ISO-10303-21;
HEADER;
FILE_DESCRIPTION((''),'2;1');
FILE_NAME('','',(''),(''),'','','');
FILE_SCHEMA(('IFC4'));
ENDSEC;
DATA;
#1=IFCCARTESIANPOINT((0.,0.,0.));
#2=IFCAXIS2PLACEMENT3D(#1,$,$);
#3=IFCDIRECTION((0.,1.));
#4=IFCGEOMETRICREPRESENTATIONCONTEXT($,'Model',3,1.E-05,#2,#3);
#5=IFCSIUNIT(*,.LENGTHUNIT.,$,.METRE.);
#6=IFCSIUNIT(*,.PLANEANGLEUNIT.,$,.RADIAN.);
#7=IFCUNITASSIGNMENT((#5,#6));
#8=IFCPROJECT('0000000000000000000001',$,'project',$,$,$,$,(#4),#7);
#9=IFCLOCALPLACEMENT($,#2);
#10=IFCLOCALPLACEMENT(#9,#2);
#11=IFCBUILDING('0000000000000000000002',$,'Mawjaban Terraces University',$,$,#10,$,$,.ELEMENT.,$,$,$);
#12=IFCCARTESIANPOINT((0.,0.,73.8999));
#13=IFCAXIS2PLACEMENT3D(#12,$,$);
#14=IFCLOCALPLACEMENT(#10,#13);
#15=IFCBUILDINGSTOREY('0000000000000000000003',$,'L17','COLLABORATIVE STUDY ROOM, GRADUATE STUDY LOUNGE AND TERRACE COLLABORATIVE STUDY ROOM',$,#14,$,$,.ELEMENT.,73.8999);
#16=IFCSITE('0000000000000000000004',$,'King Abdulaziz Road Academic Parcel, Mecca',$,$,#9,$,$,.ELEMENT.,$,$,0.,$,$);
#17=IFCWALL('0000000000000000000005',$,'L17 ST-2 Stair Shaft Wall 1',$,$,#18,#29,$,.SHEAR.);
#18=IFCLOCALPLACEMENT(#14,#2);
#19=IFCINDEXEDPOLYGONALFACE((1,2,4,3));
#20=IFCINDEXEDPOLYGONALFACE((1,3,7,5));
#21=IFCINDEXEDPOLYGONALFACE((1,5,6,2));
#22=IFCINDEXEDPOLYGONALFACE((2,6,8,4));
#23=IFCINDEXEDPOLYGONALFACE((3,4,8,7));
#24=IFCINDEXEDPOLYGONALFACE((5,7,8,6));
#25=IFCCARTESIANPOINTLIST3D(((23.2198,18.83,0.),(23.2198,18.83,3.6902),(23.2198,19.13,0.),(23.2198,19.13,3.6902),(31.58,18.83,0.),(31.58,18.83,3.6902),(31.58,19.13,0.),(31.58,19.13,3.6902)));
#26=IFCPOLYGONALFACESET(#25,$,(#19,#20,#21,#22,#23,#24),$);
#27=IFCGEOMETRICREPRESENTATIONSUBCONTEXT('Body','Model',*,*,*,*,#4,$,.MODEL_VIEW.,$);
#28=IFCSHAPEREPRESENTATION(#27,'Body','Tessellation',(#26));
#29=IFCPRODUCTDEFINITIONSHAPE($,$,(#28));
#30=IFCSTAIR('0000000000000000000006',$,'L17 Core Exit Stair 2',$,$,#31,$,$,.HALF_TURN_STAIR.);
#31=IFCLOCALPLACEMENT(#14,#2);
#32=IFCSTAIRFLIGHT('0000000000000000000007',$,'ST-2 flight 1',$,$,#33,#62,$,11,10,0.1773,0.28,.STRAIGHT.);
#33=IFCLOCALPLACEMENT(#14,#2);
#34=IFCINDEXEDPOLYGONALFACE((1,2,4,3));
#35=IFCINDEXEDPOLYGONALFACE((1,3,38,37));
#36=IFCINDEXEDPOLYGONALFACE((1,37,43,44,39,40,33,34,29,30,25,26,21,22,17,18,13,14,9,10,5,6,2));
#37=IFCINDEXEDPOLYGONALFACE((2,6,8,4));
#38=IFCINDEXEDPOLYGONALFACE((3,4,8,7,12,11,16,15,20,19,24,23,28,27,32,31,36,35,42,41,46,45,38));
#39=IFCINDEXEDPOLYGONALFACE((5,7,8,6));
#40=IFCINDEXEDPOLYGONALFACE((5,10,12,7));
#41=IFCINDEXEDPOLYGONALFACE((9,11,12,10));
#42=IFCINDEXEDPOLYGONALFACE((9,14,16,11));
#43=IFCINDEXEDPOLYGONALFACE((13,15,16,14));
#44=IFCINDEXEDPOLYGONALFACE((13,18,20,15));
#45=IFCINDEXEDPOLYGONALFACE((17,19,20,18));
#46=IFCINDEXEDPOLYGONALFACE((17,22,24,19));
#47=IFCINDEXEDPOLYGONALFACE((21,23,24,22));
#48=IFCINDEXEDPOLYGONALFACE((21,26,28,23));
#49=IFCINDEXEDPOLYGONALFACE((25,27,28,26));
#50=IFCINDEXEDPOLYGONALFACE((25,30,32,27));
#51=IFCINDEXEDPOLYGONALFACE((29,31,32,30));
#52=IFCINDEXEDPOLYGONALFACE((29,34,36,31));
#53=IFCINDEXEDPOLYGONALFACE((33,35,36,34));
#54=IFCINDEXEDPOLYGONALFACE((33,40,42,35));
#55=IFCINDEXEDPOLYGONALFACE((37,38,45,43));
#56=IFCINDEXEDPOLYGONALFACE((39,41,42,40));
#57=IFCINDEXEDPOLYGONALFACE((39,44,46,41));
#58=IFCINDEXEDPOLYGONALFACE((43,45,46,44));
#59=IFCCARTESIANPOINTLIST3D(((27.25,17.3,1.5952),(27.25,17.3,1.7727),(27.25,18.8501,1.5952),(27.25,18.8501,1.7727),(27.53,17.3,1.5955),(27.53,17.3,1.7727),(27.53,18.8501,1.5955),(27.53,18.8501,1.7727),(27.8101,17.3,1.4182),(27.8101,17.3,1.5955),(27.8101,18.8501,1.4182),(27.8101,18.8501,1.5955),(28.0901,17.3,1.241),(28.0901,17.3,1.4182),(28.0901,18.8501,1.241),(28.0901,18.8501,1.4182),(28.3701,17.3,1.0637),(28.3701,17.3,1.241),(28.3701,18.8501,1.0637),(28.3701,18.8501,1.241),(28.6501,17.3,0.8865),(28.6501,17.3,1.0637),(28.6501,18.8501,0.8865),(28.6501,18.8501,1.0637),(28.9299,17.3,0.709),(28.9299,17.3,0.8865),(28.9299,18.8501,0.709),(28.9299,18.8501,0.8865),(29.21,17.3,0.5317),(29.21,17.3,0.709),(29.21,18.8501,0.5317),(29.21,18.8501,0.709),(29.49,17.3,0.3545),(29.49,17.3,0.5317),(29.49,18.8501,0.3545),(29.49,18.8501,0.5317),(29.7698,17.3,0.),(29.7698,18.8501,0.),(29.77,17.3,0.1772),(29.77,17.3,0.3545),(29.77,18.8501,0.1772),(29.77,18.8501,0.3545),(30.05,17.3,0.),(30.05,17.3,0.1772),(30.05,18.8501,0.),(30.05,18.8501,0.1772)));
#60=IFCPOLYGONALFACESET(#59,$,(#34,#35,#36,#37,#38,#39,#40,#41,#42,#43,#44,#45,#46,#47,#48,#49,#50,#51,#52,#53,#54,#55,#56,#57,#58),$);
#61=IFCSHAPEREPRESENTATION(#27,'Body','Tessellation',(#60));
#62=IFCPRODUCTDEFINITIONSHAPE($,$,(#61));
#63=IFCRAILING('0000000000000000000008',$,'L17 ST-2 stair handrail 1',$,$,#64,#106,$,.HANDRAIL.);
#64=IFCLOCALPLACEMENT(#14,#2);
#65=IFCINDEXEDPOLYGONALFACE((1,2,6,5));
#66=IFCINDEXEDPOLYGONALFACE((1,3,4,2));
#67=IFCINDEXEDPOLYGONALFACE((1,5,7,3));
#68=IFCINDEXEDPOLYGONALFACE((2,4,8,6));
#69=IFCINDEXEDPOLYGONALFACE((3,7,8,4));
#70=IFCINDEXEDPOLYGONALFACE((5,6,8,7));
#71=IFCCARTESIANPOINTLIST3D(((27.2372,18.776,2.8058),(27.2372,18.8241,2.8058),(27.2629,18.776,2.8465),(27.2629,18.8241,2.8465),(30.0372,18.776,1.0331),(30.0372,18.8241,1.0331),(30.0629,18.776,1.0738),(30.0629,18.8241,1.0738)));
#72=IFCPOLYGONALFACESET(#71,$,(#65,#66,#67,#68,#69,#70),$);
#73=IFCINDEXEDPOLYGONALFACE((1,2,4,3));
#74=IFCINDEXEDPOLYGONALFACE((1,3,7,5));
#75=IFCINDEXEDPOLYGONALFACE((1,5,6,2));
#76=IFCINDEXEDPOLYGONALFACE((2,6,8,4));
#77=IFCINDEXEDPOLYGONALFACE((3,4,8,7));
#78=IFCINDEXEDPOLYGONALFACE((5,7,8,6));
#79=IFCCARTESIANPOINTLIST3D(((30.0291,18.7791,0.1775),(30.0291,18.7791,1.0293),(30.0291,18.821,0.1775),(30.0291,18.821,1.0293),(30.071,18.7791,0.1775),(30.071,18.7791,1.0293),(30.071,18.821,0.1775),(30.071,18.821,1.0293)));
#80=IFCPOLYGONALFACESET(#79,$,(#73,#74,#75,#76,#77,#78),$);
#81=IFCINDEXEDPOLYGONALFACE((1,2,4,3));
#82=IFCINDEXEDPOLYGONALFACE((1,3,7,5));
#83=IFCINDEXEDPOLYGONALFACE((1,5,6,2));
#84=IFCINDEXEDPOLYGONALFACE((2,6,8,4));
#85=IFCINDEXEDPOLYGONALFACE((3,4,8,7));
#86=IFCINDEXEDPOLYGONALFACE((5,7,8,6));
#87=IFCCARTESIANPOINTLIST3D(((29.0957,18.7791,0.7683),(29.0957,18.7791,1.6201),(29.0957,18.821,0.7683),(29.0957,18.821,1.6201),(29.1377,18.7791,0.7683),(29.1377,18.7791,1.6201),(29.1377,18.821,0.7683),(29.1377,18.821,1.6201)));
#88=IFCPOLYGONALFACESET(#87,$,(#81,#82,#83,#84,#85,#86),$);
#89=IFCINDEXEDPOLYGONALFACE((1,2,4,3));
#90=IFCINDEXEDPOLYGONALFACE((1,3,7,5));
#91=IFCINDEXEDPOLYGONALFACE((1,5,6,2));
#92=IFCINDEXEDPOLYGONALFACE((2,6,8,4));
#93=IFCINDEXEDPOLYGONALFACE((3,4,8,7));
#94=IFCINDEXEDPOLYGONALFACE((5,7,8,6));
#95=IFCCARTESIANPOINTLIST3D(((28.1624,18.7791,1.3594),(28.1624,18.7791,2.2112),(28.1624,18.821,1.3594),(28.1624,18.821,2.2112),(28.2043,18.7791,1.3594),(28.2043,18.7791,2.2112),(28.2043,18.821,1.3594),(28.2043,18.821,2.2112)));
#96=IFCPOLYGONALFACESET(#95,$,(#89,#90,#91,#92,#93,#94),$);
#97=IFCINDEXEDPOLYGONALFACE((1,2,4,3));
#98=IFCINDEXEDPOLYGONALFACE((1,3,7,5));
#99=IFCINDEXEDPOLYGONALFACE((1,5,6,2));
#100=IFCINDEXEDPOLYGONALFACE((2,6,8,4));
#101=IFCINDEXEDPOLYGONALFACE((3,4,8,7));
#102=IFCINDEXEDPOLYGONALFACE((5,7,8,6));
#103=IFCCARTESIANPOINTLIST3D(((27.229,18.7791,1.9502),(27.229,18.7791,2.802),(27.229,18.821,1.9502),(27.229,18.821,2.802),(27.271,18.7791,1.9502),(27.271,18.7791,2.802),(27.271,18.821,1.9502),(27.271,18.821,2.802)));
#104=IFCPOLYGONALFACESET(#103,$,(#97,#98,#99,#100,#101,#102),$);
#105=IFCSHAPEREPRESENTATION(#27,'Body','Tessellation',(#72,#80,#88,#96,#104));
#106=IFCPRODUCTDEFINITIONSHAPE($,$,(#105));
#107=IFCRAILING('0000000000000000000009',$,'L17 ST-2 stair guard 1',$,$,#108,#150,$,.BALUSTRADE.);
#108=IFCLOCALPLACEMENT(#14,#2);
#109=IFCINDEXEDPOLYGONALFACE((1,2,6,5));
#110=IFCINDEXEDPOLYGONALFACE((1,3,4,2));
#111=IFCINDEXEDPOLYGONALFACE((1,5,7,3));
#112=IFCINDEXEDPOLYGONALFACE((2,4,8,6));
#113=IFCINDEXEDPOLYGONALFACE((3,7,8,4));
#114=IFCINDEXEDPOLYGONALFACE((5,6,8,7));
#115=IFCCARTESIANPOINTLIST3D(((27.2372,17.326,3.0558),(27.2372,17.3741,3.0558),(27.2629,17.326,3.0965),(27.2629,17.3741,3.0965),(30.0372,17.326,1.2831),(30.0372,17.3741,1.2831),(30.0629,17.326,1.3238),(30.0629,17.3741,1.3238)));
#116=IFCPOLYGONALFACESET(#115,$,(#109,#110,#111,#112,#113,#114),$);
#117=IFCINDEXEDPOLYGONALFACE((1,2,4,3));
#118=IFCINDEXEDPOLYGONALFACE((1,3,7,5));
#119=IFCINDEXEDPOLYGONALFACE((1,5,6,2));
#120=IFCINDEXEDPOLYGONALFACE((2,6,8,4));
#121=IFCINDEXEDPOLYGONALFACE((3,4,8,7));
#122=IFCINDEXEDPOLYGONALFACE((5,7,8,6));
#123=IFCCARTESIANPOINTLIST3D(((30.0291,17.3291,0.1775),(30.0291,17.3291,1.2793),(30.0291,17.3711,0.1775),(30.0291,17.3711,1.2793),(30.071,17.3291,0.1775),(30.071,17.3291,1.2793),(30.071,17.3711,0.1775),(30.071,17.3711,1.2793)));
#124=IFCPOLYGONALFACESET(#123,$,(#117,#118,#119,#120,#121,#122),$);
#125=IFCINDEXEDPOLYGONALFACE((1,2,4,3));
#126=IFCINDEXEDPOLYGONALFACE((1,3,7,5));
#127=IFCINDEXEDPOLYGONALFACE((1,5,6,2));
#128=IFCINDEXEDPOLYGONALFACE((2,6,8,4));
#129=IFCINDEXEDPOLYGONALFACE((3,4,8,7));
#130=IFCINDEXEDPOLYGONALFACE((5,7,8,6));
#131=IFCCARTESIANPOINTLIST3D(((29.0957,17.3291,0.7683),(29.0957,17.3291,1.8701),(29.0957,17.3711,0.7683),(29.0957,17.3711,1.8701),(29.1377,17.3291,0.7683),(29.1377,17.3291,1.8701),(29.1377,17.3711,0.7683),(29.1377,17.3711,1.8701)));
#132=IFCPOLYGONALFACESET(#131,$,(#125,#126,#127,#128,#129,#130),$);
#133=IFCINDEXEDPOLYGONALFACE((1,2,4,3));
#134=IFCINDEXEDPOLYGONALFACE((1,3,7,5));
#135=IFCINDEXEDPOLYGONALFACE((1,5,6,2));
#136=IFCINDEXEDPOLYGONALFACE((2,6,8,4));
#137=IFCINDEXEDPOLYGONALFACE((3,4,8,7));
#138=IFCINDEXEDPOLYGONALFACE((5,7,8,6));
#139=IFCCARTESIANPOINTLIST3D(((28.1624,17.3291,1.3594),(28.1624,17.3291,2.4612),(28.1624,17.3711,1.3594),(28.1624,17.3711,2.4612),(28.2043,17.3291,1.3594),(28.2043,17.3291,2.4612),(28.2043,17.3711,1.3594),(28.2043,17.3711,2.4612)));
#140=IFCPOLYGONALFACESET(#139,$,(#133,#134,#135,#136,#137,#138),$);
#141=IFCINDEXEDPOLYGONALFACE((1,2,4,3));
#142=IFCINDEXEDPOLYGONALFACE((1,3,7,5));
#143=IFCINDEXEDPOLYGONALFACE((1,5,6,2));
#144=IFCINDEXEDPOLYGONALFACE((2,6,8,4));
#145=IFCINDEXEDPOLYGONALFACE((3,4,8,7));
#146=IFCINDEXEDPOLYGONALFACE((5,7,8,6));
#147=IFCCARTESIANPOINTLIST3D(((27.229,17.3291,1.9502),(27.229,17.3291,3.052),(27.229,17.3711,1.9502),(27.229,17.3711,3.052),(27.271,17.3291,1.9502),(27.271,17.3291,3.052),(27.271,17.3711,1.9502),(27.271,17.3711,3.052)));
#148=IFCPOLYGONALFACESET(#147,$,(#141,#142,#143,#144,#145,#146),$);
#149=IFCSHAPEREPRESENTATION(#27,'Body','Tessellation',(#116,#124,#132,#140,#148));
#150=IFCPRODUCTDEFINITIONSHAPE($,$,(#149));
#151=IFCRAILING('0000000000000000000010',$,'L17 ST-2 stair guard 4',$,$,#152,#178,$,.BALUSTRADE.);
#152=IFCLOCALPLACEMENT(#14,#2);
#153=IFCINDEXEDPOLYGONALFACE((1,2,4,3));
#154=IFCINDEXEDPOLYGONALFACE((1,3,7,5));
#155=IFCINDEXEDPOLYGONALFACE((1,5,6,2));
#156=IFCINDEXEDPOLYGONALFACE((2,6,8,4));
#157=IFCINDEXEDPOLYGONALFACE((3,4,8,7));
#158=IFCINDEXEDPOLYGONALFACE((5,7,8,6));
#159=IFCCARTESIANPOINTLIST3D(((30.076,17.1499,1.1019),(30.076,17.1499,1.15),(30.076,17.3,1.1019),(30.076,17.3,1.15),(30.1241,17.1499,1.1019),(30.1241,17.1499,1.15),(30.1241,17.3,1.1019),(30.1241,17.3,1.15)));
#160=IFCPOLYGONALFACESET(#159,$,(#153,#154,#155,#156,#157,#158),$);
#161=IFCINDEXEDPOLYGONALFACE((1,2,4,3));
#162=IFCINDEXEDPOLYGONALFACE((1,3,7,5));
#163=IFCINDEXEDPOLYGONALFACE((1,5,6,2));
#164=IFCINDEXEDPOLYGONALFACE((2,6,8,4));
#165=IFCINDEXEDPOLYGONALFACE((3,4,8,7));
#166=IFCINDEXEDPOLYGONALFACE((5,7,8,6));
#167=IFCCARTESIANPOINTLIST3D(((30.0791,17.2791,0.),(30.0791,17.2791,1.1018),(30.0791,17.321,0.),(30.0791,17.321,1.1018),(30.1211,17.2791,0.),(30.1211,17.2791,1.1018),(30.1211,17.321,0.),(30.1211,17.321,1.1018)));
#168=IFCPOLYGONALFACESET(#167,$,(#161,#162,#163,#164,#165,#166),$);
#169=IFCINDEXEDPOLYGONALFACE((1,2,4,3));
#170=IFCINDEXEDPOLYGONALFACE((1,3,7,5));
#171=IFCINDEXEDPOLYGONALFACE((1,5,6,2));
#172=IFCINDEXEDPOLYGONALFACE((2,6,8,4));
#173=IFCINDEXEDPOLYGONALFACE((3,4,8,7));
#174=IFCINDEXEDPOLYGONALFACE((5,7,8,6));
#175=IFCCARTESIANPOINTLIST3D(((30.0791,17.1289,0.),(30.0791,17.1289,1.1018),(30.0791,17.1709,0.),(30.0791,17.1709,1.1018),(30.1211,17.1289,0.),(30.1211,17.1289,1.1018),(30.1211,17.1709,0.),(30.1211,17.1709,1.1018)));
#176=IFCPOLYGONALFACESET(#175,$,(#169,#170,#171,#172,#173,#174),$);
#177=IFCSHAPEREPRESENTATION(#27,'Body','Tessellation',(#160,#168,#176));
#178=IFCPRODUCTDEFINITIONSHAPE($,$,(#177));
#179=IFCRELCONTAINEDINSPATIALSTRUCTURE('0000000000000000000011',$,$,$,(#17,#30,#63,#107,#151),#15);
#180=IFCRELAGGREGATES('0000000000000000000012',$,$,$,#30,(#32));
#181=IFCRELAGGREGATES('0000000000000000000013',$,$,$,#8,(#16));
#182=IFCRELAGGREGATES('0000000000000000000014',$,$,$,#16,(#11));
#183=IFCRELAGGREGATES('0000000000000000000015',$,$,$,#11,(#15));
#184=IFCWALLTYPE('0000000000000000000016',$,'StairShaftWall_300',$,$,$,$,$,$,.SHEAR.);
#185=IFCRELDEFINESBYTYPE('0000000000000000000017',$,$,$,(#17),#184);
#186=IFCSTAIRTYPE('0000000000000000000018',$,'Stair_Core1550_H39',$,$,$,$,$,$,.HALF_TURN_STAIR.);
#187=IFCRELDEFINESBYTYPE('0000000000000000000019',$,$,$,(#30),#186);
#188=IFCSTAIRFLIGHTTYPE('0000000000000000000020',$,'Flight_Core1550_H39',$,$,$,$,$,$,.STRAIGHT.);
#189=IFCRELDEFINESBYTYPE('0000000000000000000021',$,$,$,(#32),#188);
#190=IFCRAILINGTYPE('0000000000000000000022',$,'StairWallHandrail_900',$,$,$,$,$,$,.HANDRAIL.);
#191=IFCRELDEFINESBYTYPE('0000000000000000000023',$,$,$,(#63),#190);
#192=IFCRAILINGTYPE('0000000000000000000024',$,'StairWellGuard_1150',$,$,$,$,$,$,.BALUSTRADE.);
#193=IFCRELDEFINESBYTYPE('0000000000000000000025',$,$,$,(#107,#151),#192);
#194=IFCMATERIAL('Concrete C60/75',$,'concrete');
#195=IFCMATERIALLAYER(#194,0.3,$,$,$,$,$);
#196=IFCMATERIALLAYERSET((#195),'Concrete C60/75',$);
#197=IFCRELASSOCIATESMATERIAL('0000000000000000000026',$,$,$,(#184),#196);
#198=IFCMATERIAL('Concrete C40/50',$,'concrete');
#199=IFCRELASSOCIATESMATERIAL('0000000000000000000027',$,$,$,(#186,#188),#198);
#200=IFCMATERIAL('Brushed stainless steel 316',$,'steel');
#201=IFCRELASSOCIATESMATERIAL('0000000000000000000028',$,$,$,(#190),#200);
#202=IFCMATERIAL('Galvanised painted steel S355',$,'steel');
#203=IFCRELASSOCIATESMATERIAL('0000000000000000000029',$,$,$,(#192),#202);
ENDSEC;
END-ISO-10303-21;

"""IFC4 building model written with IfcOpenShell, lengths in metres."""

from ifc_helpers import new_model, si_unit, direction, frame, frame_2d, origin, origin_2d, place, context, subcontext, project, spatial, polyline, rectangle, outline, extrude, material, layer, layer_set, type_object, element, aggregate, save


model = new_model("IFC4")

# Units and contexts
model_context = context("Model", 3, precision=1e-05, world=origin(), true_north=direction((0.0, 1.0)))
body_context = subcontext(model_context, "Body", "Model", "MODEL_VIEW")
ifc_project = project(units=[si_unit("LENGTHUNIT", "METRE"), si_unit("PLANEANGLEUNIT", "RADIAN")], contexts=[model_context])

# Site, building, storey
site_placement = place(None, origin())
site = spatial("IfcSite", under=ifc_project, at=site_placement, Name="King Abdulaziz Road Academic Parcel, Mecca", CompositionType="ELEMENT", RefElevation=0.0)
building_placement = place(site_placement, origin())
building = spatial("IfcBuilding", under=site, at=building_placement, Name="Mawjaban Terraces University", CompositionType="ELEMENT")
storey_placement = place(building_placement, frame((0.0, 0.0, 73.8999)))
storey = spatial("IfcBuildingStorey", under=building, at=storey_placement, Name="L17", Description="COLLABORATIVE STUDY ROOM, GRADUATE STUDY LOUNGE AND TERRACE COLLABORATIVE STUDY ROOM", CompositionType="ELEMENT", Elevation=73.8999)

# Shared definitions
ifc_material_1 = material(Name="Concrete C40/50", Category="concrete")

# Wall
ifc_material_2 = material(Name="Concrete C60/75", Category="concrete")
ifc_layer_1 = layer(ifc_material_2, 0.3)
ifc_layer_set_1 = layer_set([ifc_layer_1], Name="Concrete C60/75")
wall_type_1 = type_object("IfcWallType", Name="StairShaftWall_300", PredefinedType="SHEAR", material=ifc_layer_set_1)
wall_1_placement = place(storey_placement, frame((31.5801, 18.98, 0.0), z_axis=(0.0, 0.0, 1.0), x_axis=(-1.0, 0.0, 0.0)))
element("IfcWall", 1, at=wall_1_placement, inside=storey, type_object=wall_type_1, Name="L17 ST-2 Stair Shaft Wall 1", PredefinedType="SHEAR", context=body_context, shape_type="SweptSolid", body=[
    extrude(rectangle(XDim=8.3601, YDim=0.3, at=frame_2d((4.1802, 0.0))), origin(), (0.0, 0.0, 1.0), 3.6902),
])

# Stair, stair flight
stair_type = type_object("IfcStairType", Name="Stair_Core1550_H39", PredefinedType="HALF_TURN_STAIR", material=ifc_material_1)
stair_placement = place(storey_placement, origin())
stair = element("IfcStair", 2, at=stair_placement, inside=storey, type_object=stair_type, Name="L17 Core Exit Stair 2", PredefinedType="HALF_TURN_STAIR")
stair_flight_type = type_object("IfcStairFlightType", Name="Flight_Core1550_H39", PredefinedType="STRAIGHT", material=ifc_material_1)
stair_flight_placement = place(storey_placement, frame((30.05, 18.075, 0.0), z_axis=(0.0, 0.0, 1.0), x_axis=(-1.0, 0.0, 0.0)))
stair_flight = element("IfcStairFlight", 3, at=stair_flight_placement, type_object=stair_flight_type, Name="ST-2 flight 1", NumberOfRisers=11, NumberOfTreads=10, PredefinedType="STRAIGHT", RiserHeight=0.1773, TreadLength=0.28, context=body_context, shape_type="SweptSolid", body=[
    extrude(outline(polyline([(0.0, 0.0), (0.0, 0.1772), (0.28, 0.1772), (0.28, 0.3545), (0.5601, 0.3545), (0.5601, 0.5317), (0.8401, 0.5317), (0.8401, 0.709), (1.1201, 0.709), (1.1201, 0.8865), (1.3999, 0.8865), (1.3999, 1.0637), (1.6799, 1.0637), (1.6799, 1.241), (1.96, 1.241), (1.96, 1.4182), (2.24, 1.4182), (2.24, 1.5955), (2.52, 1.5955), (2.52, 1.7727), (2.8, 1.7727), (2.8, 1.95), (2.8, 1.5952), (0.2803, 0.0), (0.0, 0.0)])), frame((0.0, 0.7749, 0.0), z_axis=(0.0, -1.0, 0.0), x_axis=(1.0, 0.0, 0.0)), (0.0, 0.0, 1.0), 1.55),
])
aggregate(stair, [stair_flight])

# Railings
ifc_material_3 = material(Name="Brushed stainless steel 316", Category="steel")
railing_type_1 = type_object("IfcRailingType", Name="StairWallHandrail_900", PredefinedType="HANDRAIL", material=ifc_material_3)
railing_1_placement = place(storey_placement, frame((30.05, 18.8, 0.1775)))
element("IfcRailing", 4, at=railing_1_placement, inside=storey, type_object=railing_type_1, Name="L17 ST-2 stair handrail 1", PredefinedType="HANDRAIL", context=body_context, shape_type="SweptSolid", body=[
    extrude(rectangle(XDim=0.0481, YDim=0.0481, at=origin_2d()), frame((0.0, 0.0, 0.876), z_axis=(-0.844909, 0.0, 0.53491), x_axis=(0.0, -1.0, 0.0)), (0.0, 0.0, 1.0), 3.314),
    extrude(rectangle(XDim=0.042, YDim=0.042, at=origin_2d()), origin(), (0.0, 0.0, 1.0), 0.8518),
    extrude(rectangle(XDim=0.042, YDim=0.042, at=origin_2d()), frame((-0.9333, 0.0, 0.5908)), (0.0, 0.0, 1.0), 0.8518),
    extrude(rectangle(XDim=0.042, YDim=0.042, at=origin_2d()), frame((-1.8667, 0.0, 1.1819)), (0.0, 0.0, 1.0), 0.8518),
    extrude(rectangle(XDim=0.042, YDim=0.042, at=origin_2d()), frame((-2.8, 0.0, 1.7727)), (0.0, 0.0, 1.0), 0.8518),
])
ifc_material_4 = material(Name="Galvanised painted steel S355", Category="steel")
railing_type_2 = type_object("IfcRailingType", Name="StairWellGuard_1150", PredefinedType="BALUSTRADE", material=ifc_material_4)
railing_2_placement = place(storey_placement, frame((30.05, 17.3501, 0.1775)))
element("IfcRailing", 5, at=railing_2_placement, inside=storey, type_object=railing_type_2, Name="L17 ST-2 stair guard 1", PredefinedType="BALUSTRADE", context=body_context, shape_type="SweptSolid", body=[
    extrude(rectangle(XDim=0.0481, YDim=0.0481, at=origin_2d()), frame((0.0, 0.0, 1.126), z_axis=(-0.844909, 0.0, 0.53491), x_axis=(0.0, -1.0, 0.0)), (0.0, 0.0, 1.0), 3.314),
    extrude(rectangle(XDim=0.042, YDim=0.042, at=origin_2d()), origin(), (0.0, 0.0, 1.0), 1.1018),
    extrude(rectangle(XDim=0.042, YDim=0.042, at=origin_2d()), frame((-0.9333, 0.0, 0.5908)), (0.0, 0.0, 1.0), 1.1018),
    extrude(rectangle(XDim=0.042, YDim=0.042, at=origin_2d()), frame((-1.8667, 0.0, 1.1819)), (0.0, 0.0, 1.0), 1.1018),
    extrude(rectangle(XDim=0.042, YDim=0.042, at=origin_2d()), frame((-2.8, 0.0, 1.7727)), (0.0, 0.0, 1.0), 1.1018),
])
railing_3_placement = place(storey_placement, frame((30.1001, 17.3, 0.0)))
element("IfcRailing", 6, at=railing_3_placement, inside=storey, type_object=railing_type_2, Name="L17 ST-2 stair guard 4", PredefinedType="BALUSTRADE", context=body_context, shape_type="SweptSolid", body=[
    extrude(rectangle(XDim=0.0481, YDim=0.0481, at=origin_2d()), frame((0.0, 0.0, 1.126), z_axis=(0.0, -1.0, 0.0), x_axis=(1.0, 0.0, 0.0)), (0.0, 0.0, 1.0), 0.1501),
    extrude(rectangle(XDim=0.042, YDim=0.042, at=origin_2d()), origin(), (0.0, 0.0, 1.0), 1.1018),
    extrude(rectangle(XDim=0.042, YDim=0.042, at=origin_2d()), frame((0.0, -0.1501, 0.0)), (0.0, 0.0, 1.0), 1.1018),
])

save(model, "model.ifc")
